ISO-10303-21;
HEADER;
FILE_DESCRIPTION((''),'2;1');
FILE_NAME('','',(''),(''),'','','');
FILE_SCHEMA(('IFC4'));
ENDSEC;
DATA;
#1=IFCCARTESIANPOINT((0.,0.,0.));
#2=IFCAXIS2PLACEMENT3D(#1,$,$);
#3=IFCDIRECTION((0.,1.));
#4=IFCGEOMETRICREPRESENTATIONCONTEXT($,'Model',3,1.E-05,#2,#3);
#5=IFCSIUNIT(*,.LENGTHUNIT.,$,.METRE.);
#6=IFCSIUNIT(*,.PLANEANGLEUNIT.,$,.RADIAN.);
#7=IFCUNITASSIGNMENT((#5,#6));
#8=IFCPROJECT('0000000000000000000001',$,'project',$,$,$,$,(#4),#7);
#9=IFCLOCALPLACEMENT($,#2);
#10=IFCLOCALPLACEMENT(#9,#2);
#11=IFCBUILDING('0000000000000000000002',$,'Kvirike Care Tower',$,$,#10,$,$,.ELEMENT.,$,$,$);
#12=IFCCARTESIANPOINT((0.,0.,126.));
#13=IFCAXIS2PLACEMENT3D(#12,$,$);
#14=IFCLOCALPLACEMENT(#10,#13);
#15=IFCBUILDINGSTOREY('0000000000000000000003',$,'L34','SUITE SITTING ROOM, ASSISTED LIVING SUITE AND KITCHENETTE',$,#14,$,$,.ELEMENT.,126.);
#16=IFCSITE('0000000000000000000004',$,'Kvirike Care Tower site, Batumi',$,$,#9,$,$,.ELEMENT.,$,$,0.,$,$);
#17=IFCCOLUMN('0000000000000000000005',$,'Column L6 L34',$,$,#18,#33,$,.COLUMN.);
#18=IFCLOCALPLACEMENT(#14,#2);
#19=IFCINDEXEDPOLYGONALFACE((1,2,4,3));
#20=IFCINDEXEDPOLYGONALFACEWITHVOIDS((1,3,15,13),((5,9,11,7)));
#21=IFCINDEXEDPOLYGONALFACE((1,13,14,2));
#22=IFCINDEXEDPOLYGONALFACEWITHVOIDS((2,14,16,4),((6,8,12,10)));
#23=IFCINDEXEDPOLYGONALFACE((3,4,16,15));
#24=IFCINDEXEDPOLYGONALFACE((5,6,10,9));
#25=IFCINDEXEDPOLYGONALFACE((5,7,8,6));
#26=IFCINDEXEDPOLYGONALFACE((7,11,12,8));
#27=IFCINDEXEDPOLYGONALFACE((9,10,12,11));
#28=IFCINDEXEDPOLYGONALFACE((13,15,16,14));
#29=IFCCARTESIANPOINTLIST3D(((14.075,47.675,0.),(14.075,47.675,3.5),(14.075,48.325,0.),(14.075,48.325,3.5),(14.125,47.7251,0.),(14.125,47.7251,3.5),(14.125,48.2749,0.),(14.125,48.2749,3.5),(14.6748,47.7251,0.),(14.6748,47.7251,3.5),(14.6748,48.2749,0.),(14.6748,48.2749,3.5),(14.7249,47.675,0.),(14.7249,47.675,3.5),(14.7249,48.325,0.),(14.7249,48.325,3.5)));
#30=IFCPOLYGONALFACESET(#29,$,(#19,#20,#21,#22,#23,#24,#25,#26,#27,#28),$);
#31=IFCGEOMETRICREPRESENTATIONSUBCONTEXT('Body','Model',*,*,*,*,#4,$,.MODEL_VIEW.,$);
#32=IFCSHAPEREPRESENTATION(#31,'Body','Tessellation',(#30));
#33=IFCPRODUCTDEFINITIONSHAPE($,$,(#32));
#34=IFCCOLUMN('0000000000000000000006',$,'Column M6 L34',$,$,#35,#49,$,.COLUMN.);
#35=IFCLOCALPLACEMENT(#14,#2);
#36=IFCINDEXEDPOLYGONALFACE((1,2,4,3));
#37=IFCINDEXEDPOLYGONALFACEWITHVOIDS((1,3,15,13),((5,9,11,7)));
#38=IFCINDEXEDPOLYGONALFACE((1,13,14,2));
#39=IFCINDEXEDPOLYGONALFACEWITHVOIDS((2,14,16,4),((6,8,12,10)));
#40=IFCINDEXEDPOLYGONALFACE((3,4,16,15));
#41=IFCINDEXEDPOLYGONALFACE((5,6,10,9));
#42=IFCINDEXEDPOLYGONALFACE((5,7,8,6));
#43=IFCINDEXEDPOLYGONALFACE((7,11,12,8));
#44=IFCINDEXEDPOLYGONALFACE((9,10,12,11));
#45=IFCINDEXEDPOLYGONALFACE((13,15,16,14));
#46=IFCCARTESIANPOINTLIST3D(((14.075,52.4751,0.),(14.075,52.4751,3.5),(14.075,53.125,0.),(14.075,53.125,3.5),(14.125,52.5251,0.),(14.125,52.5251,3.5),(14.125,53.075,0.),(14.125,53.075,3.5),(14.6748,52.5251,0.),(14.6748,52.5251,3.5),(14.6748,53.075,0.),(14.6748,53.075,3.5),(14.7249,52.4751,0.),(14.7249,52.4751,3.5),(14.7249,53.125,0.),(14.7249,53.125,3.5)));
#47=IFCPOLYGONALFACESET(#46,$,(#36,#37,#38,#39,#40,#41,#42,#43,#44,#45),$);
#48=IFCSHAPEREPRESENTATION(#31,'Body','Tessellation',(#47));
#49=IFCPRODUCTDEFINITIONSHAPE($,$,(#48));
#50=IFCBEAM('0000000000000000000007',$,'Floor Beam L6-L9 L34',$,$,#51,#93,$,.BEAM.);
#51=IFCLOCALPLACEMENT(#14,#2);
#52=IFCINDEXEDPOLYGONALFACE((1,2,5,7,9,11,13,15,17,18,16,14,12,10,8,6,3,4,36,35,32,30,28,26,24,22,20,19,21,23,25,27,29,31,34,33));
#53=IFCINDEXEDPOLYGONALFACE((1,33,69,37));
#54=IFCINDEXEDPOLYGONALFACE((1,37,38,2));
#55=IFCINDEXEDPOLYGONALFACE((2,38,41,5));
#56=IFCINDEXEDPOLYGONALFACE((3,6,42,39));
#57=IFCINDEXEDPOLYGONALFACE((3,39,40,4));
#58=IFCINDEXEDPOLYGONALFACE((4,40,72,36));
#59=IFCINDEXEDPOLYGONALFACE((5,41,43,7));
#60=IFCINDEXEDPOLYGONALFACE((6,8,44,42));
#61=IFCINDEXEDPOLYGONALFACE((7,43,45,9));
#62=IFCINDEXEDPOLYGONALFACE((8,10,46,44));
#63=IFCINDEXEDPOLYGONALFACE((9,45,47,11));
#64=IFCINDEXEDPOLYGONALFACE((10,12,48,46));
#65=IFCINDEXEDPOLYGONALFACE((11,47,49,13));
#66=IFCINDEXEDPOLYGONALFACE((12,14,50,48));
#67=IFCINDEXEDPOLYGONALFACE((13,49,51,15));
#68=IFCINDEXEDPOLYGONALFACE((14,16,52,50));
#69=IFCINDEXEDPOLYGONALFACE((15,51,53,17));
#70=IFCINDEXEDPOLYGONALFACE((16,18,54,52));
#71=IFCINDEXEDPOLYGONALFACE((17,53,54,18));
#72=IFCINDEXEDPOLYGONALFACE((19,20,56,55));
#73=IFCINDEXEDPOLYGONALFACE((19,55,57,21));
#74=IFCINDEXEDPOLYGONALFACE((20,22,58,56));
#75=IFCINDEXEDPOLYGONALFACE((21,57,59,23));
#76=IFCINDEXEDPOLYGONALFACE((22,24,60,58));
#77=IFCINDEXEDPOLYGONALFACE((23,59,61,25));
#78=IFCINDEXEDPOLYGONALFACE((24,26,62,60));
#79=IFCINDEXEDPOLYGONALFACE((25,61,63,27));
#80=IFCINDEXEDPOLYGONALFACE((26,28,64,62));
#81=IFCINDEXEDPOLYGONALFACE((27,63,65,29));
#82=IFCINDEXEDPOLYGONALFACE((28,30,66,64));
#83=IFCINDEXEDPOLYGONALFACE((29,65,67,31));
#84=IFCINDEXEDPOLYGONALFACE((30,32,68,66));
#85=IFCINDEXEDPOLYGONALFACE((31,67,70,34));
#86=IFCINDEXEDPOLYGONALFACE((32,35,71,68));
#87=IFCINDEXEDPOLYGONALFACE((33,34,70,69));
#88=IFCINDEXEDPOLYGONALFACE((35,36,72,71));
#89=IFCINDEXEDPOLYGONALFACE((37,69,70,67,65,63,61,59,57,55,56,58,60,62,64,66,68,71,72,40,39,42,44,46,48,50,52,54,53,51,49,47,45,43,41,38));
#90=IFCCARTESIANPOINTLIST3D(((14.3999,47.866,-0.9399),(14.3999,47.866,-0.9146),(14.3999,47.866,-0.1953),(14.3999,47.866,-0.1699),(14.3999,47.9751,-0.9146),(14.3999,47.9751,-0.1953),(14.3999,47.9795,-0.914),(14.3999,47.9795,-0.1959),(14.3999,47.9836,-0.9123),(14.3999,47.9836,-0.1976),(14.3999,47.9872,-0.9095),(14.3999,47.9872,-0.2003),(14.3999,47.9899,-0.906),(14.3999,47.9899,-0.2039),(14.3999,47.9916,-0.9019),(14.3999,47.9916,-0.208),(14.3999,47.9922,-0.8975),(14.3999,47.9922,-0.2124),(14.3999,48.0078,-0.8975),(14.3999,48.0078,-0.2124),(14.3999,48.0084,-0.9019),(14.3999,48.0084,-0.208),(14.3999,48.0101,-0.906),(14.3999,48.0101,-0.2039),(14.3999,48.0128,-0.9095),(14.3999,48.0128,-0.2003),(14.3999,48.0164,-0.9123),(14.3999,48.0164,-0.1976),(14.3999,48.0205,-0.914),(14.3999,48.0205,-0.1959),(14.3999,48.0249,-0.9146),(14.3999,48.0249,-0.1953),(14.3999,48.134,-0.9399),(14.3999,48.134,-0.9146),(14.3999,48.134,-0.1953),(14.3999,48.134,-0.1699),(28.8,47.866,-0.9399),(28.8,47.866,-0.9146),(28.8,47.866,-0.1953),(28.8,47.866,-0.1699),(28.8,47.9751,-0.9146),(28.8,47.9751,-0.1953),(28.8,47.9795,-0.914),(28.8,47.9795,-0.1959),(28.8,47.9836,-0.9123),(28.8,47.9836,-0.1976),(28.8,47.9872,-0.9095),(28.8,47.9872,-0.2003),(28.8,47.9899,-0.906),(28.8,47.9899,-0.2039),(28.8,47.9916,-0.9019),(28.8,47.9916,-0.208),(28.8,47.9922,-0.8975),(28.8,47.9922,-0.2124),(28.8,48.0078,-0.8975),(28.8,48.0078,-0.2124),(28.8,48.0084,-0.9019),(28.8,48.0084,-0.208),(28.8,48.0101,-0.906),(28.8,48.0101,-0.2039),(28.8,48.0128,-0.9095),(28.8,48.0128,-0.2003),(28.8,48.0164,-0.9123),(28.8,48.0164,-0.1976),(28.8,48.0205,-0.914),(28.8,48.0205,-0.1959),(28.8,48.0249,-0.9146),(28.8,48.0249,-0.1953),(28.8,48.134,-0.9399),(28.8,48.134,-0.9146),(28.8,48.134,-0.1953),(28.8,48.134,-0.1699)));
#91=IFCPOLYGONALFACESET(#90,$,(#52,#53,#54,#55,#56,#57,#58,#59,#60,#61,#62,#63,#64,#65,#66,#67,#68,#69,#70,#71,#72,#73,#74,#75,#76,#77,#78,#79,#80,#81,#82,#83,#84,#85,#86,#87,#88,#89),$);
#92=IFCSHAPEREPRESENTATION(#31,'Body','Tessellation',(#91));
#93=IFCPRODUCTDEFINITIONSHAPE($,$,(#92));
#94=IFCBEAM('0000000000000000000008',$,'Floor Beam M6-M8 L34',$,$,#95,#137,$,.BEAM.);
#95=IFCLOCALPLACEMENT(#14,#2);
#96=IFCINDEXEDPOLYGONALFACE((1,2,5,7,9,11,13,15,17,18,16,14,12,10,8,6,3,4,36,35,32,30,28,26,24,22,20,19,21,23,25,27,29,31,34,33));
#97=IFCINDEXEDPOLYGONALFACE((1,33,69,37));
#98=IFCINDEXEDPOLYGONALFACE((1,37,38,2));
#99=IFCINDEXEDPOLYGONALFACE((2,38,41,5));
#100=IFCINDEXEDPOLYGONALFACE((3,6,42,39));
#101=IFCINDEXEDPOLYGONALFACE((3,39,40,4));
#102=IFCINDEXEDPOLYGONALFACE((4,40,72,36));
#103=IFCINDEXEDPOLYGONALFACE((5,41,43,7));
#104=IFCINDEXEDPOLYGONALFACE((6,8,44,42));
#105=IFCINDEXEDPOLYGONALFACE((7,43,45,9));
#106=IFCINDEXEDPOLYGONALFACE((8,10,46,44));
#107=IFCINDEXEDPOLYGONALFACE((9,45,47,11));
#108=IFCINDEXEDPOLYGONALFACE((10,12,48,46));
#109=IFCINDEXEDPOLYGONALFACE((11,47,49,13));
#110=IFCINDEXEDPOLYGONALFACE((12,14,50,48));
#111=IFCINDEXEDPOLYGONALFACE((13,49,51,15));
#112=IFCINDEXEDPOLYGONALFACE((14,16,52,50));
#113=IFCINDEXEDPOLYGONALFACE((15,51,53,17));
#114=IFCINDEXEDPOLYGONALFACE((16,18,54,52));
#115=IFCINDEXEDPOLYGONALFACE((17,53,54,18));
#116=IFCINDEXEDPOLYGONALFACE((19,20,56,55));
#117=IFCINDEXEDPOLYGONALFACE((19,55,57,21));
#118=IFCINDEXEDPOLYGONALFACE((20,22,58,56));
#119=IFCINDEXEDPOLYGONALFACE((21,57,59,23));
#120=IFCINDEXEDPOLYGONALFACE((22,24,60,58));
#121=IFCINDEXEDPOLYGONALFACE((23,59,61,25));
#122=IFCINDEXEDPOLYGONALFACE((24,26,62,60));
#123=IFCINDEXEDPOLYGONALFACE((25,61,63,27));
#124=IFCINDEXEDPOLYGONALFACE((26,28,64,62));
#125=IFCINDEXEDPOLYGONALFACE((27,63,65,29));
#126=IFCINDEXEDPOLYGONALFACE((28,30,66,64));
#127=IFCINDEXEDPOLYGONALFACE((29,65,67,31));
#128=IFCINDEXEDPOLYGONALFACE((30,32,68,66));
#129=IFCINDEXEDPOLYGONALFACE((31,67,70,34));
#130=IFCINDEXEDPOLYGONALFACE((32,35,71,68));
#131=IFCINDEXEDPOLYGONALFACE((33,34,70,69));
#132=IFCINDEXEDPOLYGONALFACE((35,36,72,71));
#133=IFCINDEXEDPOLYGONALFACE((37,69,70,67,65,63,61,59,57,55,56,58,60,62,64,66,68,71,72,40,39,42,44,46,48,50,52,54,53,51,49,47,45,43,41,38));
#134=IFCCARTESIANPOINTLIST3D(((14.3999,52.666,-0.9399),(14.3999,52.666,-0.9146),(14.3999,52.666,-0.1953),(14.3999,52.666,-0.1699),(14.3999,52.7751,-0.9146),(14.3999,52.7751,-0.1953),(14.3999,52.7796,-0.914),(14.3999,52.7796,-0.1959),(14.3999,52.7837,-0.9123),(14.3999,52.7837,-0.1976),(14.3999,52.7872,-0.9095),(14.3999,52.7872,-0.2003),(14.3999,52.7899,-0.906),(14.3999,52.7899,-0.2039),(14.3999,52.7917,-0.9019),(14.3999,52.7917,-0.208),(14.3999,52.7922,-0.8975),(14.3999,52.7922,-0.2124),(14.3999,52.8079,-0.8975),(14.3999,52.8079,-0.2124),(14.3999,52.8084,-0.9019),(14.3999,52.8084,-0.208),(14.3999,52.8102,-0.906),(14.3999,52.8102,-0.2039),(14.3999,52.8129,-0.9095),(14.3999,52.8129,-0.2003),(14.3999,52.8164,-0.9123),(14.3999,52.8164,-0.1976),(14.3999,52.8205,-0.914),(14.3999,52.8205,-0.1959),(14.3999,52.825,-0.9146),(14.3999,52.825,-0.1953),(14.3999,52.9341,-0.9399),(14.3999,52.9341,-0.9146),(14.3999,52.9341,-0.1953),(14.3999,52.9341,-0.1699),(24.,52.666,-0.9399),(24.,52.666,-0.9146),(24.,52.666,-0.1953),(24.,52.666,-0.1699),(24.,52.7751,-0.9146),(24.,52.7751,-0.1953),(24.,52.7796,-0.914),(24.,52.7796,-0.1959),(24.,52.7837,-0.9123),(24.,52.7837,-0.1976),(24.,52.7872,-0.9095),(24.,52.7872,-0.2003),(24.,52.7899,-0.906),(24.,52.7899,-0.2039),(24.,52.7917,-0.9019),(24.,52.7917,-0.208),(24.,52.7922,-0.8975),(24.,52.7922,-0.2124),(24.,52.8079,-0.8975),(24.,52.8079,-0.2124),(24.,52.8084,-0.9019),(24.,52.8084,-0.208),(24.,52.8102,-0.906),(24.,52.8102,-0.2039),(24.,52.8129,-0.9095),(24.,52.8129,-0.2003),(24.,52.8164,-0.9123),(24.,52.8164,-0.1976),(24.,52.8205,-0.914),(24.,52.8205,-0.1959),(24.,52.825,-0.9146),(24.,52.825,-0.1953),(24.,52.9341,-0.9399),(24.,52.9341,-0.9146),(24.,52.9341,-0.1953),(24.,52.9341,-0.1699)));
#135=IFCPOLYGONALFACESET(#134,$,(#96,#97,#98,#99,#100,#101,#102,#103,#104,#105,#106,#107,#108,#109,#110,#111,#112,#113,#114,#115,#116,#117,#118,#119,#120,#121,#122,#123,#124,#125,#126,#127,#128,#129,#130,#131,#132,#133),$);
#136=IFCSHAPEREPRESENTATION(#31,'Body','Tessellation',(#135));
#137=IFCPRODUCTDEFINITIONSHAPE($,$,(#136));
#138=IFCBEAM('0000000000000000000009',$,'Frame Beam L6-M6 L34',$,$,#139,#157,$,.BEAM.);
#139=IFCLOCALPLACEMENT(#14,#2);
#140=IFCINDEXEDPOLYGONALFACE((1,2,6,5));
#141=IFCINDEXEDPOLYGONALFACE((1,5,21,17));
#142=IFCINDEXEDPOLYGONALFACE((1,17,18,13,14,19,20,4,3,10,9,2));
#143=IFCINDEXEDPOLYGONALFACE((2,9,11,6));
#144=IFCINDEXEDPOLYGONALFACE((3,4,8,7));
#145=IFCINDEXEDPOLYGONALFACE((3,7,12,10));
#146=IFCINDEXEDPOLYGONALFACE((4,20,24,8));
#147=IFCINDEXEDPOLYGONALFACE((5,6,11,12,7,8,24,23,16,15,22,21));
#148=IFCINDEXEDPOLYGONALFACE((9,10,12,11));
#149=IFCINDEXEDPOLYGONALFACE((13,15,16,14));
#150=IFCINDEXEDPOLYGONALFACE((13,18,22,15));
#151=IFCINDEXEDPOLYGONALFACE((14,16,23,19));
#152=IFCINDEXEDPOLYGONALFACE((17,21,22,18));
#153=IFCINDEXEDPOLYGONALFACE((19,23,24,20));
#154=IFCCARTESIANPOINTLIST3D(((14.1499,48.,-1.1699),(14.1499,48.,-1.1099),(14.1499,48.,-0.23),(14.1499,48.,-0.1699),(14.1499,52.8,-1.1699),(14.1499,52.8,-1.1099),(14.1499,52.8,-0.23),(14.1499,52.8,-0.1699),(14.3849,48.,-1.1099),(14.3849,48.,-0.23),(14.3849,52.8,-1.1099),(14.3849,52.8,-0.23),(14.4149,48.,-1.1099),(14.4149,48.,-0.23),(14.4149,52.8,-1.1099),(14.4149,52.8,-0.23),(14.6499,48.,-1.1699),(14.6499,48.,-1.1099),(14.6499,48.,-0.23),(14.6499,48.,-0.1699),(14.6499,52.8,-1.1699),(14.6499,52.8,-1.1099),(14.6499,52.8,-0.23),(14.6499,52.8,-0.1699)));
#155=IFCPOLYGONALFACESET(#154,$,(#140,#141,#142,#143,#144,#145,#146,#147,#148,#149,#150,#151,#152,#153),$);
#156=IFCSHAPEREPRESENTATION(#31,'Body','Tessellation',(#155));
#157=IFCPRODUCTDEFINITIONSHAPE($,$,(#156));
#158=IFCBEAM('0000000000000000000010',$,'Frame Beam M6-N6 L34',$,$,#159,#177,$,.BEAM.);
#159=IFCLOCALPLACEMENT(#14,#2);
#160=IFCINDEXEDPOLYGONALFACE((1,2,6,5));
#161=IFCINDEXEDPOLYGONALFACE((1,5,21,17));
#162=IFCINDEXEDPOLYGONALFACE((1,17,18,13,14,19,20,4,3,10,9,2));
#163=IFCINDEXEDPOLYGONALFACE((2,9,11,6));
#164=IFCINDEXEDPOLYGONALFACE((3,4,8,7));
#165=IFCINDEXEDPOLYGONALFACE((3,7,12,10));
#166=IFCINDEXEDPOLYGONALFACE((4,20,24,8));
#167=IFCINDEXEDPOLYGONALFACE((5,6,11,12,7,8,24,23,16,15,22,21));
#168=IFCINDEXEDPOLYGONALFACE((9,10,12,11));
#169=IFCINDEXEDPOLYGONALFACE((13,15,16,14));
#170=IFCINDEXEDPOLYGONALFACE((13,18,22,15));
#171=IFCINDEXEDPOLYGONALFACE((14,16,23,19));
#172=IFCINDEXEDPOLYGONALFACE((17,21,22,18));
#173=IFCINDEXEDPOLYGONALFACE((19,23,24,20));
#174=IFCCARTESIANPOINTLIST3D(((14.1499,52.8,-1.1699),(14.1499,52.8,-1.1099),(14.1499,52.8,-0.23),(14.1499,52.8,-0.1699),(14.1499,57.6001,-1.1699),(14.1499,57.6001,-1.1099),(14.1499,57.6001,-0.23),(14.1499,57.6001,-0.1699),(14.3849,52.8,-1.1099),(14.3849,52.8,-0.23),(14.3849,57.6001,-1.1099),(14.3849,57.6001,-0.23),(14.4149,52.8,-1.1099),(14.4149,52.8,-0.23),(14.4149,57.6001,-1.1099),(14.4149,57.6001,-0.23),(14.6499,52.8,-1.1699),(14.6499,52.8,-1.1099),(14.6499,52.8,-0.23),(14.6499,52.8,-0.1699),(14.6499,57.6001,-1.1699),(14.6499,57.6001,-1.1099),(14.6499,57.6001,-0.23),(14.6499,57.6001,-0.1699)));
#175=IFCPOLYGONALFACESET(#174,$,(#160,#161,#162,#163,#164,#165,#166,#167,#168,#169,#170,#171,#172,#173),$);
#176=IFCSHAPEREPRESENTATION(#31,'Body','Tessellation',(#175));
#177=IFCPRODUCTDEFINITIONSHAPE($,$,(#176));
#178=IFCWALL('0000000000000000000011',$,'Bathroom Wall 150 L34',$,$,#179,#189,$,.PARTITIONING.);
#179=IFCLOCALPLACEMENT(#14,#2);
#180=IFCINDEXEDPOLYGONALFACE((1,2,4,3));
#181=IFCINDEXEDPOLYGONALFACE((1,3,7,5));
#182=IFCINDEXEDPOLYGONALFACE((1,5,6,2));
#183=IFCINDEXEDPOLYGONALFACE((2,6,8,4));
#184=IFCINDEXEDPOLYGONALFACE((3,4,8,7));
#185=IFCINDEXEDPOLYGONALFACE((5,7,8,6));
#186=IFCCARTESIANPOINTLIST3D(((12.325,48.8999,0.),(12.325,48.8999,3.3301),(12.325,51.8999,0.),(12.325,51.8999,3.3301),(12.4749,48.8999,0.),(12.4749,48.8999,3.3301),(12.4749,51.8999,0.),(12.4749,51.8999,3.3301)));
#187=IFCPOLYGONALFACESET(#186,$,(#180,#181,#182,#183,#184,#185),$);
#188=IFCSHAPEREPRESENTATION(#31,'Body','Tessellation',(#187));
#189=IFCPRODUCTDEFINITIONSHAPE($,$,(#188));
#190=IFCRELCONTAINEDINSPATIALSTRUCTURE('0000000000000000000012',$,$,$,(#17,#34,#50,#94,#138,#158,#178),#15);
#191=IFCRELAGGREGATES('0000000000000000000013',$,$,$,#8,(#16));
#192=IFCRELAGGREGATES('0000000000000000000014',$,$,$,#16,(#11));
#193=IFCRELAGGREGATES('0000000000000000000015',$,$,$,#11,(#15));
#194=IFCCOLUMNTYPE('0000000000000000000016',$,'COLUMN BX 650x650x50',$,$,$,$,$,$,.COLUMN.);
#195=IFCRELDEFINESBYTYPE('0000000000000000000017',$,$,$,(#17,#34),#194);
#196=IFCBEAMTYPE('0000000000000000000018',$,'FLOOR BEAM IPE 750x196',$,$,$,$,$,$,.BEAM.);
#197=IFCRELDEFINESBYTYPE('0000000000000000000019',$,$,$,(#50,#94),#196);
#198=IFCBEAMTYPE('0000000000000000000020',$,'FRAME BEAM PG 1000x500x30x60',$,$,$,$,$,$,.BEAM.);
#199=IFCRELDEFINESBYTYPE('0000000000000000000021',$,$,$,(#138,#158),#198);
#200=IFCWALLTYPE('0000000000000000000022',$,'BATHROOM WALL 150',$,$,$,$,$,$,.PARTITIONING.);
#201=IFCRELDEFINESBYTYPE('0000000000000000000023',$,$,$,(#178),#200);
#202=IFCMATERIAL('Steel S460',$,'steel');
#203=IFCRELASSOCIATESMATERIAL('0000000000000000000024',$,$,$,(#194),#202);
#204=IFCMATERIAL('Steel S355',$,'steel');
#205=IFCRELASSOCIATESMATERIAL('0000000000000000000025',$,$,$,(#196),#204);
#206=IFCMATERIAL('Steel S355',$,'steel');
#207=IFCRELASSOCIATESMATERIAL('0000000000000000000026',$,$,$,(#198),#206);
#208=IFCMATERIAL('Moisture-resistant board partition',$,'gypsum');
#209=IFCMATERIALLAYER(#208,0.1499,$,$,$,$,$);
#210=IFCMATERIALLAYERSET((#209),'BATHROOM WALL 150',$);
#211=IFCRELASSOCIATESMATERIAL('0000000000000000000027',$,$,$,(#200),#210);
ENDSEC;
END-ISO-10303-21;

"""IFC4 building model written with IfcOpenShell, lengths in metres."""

from ifc_helpers import new_model, si_unit, direction, frame, frame_2d, origin, origin_2d, place, context, subcontext, project, spatial, rectangle, hollow_rectangle, i_section, extrude, material, layer, layer_set, material_profile, profile_set, type_object, element, save


model = new_model("IFC4")

# Units and contexts
model_context = context("Model", 3, precision=1e-05, world=origin(), true_north=direction((0.0, 1.0)))
body_context = subcontext(model_context, "Body", "Model", "MODEL_VIEW")
ifc_project = project(units=[si_unit("LENGTHUNIT", "METRE"), si_unit("PLANEANGLEUNIT", "RADIAN")], contexts=[model_context])

# Site, building, storey
site_placement = place(None, origin())
site = spatial("IfcSite", under=ifc_project, at=site_placement, Name="Kvirike Care Tower site, Batumi", CompositionType="ELEMENT", RefElevation=0.0)
building_placement = place(site_placement, origin())
building = spatial("IfcBuilding", under=site, at=building_placement, Name="Kvirike Care Tower", CompositionType="ELEMENT")
storey_placement = place(building_placement, frame((0.0, 0.0, 126.0)))
storey = spatial("IfcBuildingStorey", under=building, at=storey_placement, Name="L34", Description="SUITE SITTING ROOM, ASSISTED LIVING SUITE AND KITCHENETTE", CompositionType="ELEMENT", Elevation=126.0)

# Columns
ifc_material_1 = material(Name="Steel S460", Category="steel")
ifc_material_profile_1 = material_profile(ifc_material_1, hollow_rectangle(XDim=0.6499, YDim=0.6499, WallThickness=0.05, at=origin_2d()), Name="BX 650x650x50")
ifc_profile_set_1 = profile_set([ifc_material_profile_1], Name="Steel S460")
column_type = type_object("IfcColumnType", Name="COLUMN BX 650x650x50", PredefinedType="COLUMN", material=ifc_profile_set_1)
for number, where, z_axis, x_axis, name in (
    (1, (14.3999, 48.0, 0.0), (0.0, 0.0, 1.0), (1.0, 0.0, 0.0), "Column L6 L34"),
    (2, (14.3999, 52.8, 0.0), (0.0, 0.0, 1.0), (1.0, 0.0, 0.0), "Column M6 L34"),
):
    element("IfcColumn", number, at=place(storey_placement, frame(where, z_axis=z_axis, x_axis=x_axis)), inside=storey, type_object=column_type, Name=name, PredefinedType="COLUMN", context=body_context, shape_type="SweptSolid", body=[
        extrude(hollow_rectangle(XDim=0.6499, YDim=0.6499, WallThickness=0.05, at=origin_2d()), origin(), (0.0, 0.0, 1.0), 3.5),
    ])

# Beams
ifc_material_2 = material(Name="Steel S355", Category="steel")
ifc_material_profile_2 = material_profile(ifc_material_2, i_section(OverallWidth=0.2681, OverallDepth=0.77, WebThickness=0.0156, FlangeThickness=0.0254, FilletRadius=0.0171, at=origin_2d()), Name="IPE 750x196")
ifc_profile_set_2 = profile_set([ifc_material_profile_2], Name="Steel S355")
beam_type_1 = type_object("IfcBeamType", Name="FLOOR BEAM IPE 750x196", PredefinedType="BEAM", material=ifc_profile_set_2)
beam_1_placement = place(storey_placement, frame((14.3999, 48.0, -0.5549), z_axis=(1.0, 0.0, 0.0), x_axis=(0.0, 1.0, 0.0)))
element("IfcBeam", 3, at=beam_1_placement, inside=storey, type_object=beam_type_1, Name="Floor Beam L6-L9 L34", PredefinedType="BEAM", context=body_context, shape_type="SweptSolid", body=[
    extrude(i_section(OverallWidth=0.2681, OverallDepth=0.77, WebThickness=0.0156, FlangeThickness=0.0254, FilletRadius=0.0171, at=origin_2d()), origin(), (0.0, 0.0, 1.0), 14.4001),
])
beam_2_placement = place(storey_placement, frame((14.3999, 52.8, -0.5549), z_axis=(1.0, 0.0, 0.0), x_axis=(0.0, 1.0, 0.0)))
element("IfcBeam", 4, at=beam_2_placement, inside=storey, type_object=beam_type_1, Name="Floor Beam M6-M8 L34", PredefinedType="BEAM", context=body_context, shape_type="SweptSolid", body=[
    extrude(i_section(OverallWidth=0.2681, OverallDepth=0.77, WebThickness=0.0156, FlangeThickness=0.0254, FilletRadius=0.0171, at=origin_2d()), origin(), (0.0, 0.0, 1.0), 9.6001),
])
ifc_material_3 = material(Name="Steel S355", Category="steel")
ifc_material_profile_3 = material_profile(ifc_material_3, i_section(OverallWidth=0.5, OverallDepth=1.0, WebThickness=0.03, FlangeThickness=0.0601, at=origin_2d()), Name="PG 1000x500x30x60")
ifc_profile_set_3 = profile_set([ifc_material_profile_3], Name="Steel S355")
beam_type_2 = type_object("IfcBeamType", Name="FRAME BEAM PG 1000x500x30x60", PredefinedType="BEAM", material=ifc_profile_set_3)
for number, where, z_axis, x_axis, name in (
    (5, (14.3999, 48.0, -0.6699), (0.0, 1.0, 0.0), (-1.0, 0.0, 0.0), "Frame Beam L6-M6 L34"),
    (6, (14.3999, 52.8, -0.6699), (0.0, 1.0, 0.0), (-1.0, 0.0, 0.0), "Frame Beam M6-N6 L34"),
):
    element("IfcBeam", number, at=place(storey_placement, frame(where, z_axis=z_axis, x_axis=x_axis)), inside=storey, type_object=beam_type_2, Name=name, PredefinedType="BEAM", context=body_context, shape_type="SweptSolid", body=[
        extrude(i_section(OverallWidth=0.5, OverallDepth=1.0, WebThickness=0.03, FlangeThickness=0.0601, at=origin_2d()), origin(), (0.0, 0.0, 1.0), 4.8),
    ])

# Wall
ifc_material_4 = material(Name="Moisture-resistant board partition", Category="gypsum")
ifc_layer_1 = layer(ifc_material_4, 0.1499)
ifc_layer_set_1 = layer_set([ifc_layer_1], Name="BATHROOM WALL 150")
wall_type_1 = type_object("IfcWallType", Name="BATHROOM WALL 150", PredefinedType="PARTITIONING", material=ifc_layer_set_1)
wall_1_placement = place(storey_placement, frame((12.3999, 51.8999, 0.0), z_axis=(0.0, 0.0, 1.0), x_axis=(0.0, -1.0, 0.0)))
element("IfcWall", 7, at=wall_1_placement, inside=storey, type_object=wall_type_1, Name="Bathroom Wall 150 L34", PredefinedType="PARTITIONING", context=body_context, shape_type="SweptSolid", body=[
    extrude(rectangle(XDim=3.0, YDim=0.1499, at=frame_2d((1.5, 0.0))), origin(), (0.0, 0.0, 1.0), 3.3301),
])

save(model, "model.ifc")
